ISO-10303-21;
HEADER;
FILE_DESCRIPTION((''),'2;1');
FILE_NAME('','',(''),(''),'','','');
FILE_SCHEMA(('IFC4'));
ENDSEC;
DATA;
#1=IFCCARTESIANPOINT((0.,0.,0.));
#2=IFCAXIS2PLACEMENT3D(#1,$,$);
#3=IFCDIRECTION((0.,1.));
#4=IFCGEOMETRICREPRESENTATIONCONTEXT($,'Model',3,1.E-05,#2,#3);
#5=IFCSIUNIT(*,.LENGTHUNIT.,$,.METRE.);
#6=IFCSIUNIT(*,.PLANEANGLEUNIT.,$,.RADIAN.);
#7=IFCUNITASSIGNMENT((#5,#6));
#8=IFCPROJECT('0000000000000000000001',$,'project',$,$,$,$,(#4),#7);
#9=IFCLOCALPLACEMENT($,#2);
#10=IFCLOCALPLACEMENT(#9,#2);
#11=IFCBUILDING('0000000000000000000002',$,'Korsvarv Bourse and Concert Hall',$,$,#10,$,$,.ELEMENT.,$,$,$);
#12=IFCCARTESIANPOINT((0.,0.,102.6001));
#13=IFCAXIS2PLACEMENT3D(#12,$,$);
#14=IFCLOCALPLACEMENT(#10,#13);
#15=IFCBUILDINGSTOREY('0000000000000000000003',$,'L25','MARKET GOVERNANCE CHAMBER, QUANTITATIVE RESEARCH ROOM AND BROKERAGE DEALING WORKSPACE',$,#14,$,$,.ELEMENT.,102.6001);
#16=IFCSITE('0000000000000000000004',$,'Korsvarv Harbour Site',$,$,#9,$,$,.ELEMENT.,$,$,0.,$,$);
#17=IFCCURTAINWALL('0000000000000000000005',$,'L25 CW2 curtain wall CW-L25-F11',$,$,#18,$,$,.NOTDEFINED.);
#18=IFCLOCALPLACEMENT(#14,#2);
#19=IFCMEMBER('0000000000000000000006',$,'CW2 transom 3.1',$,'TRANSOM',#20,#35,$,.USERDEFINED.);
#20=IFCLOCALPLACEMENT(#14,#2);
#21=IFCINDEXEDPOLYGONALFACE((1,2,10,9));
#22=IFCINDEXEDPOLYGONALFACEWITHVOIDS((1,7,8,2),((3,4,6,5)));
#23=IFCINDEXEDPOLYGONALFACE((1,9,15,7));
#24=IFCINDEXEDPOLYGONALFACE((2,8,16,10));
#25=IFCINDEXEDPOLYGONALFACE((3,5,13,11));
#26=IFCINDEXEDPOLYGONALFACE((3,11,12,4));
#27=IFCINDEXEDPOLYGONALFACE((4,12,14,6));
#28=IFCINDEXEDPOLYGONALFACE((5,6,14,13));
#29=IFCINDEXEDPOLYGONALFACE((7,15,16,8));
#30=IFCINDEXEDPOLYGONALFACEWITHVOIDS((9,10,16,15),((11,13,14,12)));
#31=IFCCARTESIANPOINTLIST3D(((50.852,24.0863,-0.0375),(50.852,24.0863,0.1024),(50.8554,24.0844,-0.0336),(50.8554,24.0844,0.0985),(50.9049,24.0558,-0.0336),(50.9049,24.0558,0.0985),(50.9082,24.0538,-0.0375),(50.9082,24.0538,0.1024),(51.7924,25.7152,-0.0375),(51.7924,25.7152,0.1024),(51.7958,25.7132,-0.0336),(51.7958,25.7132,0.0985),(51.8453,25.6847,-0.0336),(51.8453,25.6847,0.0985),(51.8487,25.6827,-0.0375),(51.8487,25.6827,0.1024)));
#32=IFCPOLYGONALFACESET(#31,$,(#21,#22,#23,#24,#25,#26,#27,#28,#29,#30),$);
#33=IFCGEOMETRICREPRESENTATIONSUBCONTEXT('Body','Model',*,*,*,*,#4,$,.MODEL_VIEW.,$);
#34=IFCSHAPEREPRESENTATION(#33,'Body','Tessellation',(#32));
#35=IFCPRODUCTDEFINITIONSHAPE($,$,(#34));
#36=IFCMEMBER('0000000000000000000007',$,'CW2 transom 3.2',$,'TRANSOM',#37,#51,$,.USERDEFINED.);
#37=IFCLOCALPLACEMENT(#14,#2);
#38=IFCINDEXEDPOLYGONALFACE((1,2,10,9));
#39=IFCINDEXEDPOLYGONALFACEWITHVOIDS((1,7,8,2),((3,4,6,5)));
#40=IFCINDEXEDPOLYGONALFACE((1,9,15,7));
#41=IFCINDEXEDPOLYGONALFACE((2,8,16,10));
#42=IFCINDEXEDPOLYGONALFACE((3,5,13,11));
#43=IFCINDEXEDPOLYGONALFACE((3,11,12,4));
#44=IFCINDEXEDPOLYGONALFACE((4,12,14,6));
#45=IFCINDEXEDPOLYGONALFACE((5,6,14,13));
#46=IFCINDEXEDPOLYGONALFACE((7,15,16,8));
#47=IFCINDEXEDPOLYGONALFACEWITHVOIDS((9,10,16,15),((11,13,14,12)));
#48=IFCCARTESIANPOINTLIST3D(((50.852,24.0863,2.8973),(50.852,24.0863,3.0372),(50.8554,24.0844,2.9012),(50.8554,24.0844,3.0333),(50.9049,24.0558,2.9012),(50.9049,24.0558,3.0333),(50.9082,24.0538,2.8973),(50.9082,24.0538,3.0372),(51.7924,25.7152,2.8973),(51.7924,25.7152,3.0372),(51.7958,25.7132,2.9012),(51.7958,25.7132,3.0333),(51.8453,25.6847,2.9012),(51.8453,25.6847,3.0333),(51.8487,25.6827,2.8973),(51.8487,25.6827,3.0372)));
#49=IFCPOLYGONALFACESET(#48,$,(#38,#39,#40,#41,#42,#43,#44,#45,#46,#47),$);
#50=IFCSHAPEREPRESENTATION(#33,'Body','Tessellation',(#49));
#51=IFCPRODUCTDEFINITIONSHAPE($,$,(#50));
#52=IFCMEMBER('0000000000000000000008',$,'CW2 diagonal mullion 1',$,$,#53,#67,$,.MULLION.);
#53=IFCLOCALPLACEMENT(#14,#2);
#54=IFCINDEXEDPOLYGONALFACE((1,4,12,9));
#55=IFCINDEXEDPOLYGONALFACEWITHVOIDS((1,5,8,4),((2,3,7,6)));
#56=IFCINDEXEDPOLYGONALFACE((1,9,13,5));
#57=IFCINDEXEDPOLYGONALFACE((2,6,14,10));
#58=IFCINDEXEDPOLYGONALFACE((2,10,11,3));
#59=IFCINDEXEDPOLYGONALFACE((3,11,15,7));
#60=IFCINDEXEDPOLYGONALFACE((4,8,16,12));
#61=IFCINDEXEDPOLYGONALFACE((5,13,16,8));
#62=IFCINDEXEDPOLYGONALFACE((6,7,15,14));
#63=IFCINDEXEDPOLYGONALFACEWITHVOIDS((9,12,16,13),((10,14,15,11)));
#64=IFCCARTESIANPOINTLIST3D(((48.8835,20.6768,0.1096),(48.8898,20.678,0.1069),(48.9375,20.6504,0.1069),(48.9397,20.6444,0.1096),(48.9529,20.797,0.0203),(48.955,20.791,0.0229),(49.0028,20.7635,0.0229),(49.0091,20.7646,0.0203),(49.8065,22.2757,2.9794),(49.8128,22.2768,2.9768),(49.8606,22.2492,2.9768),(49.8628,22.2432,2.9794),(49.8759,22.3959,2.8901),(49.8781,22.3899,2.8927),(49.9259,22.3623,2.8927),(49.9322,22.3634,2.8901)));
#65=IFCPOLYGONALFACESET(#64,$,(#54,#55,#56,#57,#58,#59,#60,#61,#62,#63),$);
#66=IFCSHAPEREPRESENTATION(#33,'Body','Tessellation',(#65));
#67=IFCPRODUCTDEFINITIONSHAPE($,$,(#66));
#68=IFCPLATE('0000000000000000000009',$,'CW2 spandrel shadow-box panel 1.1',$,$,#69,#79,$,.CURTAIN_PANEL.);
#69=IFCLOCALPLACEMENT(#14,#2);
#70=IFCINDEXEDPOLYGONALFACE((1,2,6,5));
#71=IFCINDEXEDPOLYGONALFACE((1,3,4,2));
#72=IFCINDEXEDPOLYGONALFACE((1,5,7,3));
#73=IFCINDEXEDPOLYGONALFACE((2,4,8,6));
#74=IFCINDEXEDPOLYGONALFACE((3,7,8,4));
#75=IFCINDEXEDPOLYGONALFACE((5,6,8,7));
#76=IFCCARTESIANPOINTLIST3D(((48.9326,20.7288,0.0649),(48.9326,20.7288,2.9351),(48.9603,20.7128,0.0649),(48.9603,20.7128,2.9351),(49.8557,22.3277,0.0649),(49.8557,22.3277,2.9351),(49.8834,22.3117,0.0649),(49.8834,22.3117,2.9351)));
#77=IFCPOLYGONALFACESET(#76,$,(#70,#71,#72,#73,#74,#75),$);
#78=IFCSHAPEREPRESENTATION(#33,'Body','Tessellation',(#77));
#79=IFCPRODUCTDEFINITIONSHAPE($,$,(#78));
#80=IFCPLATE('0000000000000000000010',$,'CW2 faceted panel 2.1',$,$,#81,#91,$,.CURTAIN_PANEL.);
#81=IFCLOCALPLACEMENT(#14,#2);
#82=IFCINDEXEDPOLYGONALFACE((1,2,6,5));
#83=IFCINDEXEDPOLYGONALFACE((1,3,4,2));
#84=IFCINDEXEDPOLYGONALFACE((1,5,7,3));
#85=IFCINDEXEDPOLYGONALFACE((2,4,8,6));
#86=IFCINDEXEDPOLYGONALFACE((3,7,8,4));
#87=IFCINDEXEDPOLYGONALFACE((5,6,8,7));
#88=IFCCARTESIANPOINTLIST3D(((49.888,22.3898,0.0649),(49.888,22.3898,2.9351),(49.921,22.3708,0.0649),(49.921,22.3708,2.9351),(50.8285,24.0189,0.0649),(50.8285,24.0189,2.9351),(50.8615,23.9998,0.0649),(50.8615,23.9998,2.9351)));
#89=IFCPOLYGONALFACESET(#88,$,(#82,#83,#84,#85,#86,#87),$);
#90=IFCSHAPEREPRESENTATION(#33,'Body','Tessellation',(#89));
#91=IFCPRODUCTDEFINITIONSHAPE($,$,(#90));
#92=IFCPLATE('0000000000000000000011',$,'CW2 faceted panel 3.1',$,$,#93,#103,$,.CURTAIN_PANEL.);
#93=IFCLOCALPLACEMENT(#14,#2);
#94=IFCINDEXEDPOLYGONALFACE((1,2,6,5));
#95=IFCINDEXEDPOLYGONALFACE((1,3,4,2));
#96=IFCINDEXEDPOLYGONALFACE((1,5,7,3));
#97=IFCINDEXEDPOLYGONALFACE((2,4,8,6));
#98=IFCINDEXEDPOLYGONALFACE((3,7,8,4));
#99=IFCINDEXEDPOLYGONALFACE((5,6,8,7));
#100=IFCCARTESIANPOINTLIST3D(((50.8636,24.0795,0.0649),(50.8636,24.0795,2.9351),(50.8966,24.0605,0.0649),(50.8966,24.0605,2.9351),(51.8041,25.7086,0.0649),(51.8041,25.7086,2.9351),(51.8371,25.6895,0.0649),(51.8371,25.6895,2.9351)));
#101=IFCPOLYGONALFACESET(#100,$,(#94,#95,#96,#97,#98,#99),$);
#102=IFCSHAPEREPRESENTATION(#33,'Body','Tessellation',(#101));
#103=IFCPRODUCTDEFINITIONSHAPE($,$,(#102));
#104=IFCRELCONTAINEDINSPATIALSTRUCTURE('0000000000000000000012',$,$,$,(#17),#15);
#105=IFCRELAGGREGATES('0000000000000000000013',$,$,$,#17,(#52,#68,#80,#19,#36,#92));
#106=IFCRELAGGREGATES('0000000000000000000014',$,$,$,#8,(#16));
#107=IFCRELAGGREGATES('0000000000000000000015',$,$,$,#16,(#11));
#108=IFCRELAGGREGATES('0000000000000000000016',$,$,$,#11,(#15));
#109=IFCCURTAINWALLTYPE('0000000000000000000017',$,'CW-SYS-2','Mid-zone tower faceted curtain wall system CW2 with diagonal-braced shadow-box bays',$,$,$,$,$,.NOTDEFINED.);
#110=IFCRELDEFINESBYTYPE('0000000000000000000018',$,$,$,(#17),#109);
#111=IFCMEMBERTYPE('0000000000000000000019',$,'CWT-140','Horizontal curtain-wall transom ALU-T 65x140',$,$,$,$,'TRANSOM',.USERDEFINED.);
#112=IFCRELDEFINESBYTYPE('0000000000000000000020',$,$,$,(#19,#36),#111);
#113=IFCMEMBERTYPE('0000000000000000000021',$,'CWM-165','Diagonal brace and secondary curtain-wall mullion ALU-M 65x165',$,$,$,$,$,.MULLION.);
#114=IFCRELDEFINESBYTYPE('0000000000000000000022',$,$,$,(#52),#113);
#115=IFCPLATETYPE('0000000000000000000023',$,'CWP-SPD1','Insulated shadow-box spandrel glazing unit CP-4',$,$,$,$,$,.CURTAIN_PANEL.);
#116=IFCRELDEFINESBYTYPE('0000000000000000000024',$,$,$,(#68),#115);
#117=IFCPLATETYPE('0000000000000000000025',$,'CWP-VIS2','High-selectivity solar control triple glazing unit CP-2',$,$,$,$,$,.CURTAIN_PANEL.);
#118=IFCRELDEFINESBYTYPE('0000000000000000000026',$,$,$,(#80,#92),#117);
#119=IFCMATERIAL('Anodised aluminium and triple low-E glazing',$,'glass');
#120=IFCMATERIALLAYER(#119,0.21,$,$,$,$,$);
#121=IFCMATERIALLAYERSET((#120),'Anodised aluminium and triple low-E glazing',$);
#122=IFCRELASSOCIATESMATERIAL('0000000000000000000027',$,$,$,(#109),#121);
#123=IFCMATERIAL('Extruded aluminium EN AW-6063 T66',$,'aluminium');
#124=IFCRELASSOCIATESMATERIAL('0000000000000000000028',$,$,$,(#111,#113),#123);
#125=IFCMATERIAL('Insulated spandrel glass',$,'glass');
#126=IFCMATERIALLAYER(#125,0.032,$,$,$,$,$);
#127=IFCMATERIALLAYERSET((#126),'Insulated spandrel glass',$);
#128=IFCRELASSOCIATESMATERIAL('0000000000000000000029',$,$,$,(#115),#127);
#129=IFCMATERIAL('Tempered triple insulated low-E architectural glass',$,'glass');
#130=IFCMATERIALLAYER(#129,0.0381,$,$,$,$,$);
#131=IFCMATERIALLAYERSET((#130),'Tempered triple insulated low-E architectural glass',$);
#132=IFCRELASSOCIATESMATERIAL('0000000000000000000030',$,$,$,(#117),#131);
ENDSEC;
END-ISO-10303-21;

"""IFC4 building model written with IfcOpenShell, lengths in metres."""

from ifc_helpers import new_model, si_unit, direction, frame, origin, origin_2d, place, context, subcontext, project, spatial, rectangle, hollow_rectangle, extrude, source, transform, mapped, material, layer, layer_set, material_profile, profile_set, type_object, element, aggregate, save


model = new_model("IFC4")

# Units and contexts
model_context = context("Model", 3, precision=1e-05, world=origin(), true_north=direction((0.0, 1.0)))
body_context = subcontext(model_context, "Body", "Model", "MODEL_VIEW")
ifc_project = project(units=[si_unit("LENGTHUNIT", "METRE"), si_unit("PLANEANGLEUNIT", "RADIAN")], contexts=[model_context])

# Site, building, storey
site_placement = place(None, origin())
site = spatial("IfcSite", under=ifc_project, at=site_placement, Name="Korsvarv Harbour Site", CompositionType="ELEMENT", RefElevation=0.0)
building_placement = place(site_placement, origin())
building = spatial("IfcBuilding", under=site, at=building_placement, Name="Korsvarv Bourse and Concert Hall", CompositionType="ELEMENT")
storey_placement = place(building_placement, frame((0.0, 0.0, 102.6001)))
storey = spatial("IfcBuildingStorey", under=building, at=storey_placement, Name="L25", Description="MARKET GOVERNANCE CHAMBER, QUANTITATIVE RESEARCH ROOM AND BROKERAGE DEALING WORKSPACE", CompositionType="ELEMENT", Elevation=102.6001)

# Curtain wall, members, plates
ifc_material_1 = material(Name="Anodised aluminium and triple low-E glazing", Category="glass")
ifc_layer_1 = layer(ifc_material_1, 0.21)
ifc_layer_set_1 = layer_set([ifc_layer_1], Name="Anodised aluminium and triple low-E glazing")
curtain_wall_type = type_object("IfcCurtainWallType", Name="CW-SYS-2", Description="Mid-zone tower faceted curtain wall system CW2 with diagonal-braced shadow-box bays", PredefinedType="NOTDEFINED", material=ifc_layer_set_1)
curtain_wall_placement = place(storey_placement, origin())
curtain_wall = element("IfcCurtainWall", 1, at=curtain_wall_placement, inside=storey, type_object=curtain_wall_type, Name="L25 CW2 curtain wall CW-L25-F11", PredefinedType="NOTDEFINED")
ifc_material_2 = material(Name="Extruded aluminium EN AW-6063 T66", Category="aluminium")
ifc_material_profile_1 = material_profile(ifc_material_2, hollow_rectangle(XDim=0.0649, YDim=0.1399, WallThickness=0.0039, at=origin_2d()), Name="ALU-T 65x140")
ifc_profile_set_1 = profile_set([ifc_material_profile_1], Name="Extruded aluminium EN AW-6063 T66")
member_type_1 = type_object("IfcMemberType", Name="CWT-140", Description="Horizontal curtain-wall transom ALU-T 65x140", ElementType="TRANSOM", PredefinedType="USERDEFINED", material=ifc_profile_set_1)
shared_shape_1 = source(origin(), body_context, "Body", "SweptSolid", [
    extrude(hollow_rectangle(XDim=0.0649, YDim=0.1399, WallThickness=0.0039, at=origin_2d()), origin(), (0.0, 0.0, 1.0), 1.8809),
])
member_1_placement = place(storey_placement, frame((50.8801, 24.0701, 0.0325), z_axis=(0.499992, 0.86603, 0.0), x_axis=(-0.86603, 0.499992, 0.0)))
member_1 = element("IfcMember", 2, at=member_1_placement, type_object=member_type_1, Name="CW2 transom 3.1", ObjectType="TRANSOM", PredefinedType="USERDEFINED", context=body_context, shape_type="MappedRepresentation", body=[
    mapped(shared_shape_1, transform((0.0, 0.0, 0.0), scale=1.0)),
])
member_2_placement = place(storey_placement, frame((50.8801, 24.0701, 2.9673), z_axis=(0.499992, 0.86603, 0.0), x_axis=(-0.86603, 0.499992, 0.0)))
member_2 = element("IfcMember", 3, at=member_2_placement, type_object=member_type_1, Name="CW2 transom 3.2", ObjectType="TRANSOM", PredefinedType="USERDEFINED", context=body_context, shape_type="MappedRepresentation", body=[
    mapped(shared_shape_1, transform((0.0, 0.0, 0.0), scale=1.0)),
])
ifc_material_profile_2 = material_profile(ifc_material_2, hollow_rectangle(XDim=0.0649, YDim=0.165, WallThickness=0.0049, at=origin_2d()), Name="ALU-M 65x165")
ifc_profile_set_2 = profile_set([ifc_material_profile_2], Name="Extruded aluminium EN AW-6063 T66")
member_type_2 = type_object("IfcMemberType", Name="CWM-165", Description="Diagonal brace and secondary curtain-wall mullion ALU-M 65x165", PredefinedType="MULLION", material=ifc_profile_set_2)
shared_shape_2 = source(origin(), body_context, "Body", "SweptSolid", [
    extrude(hollow_rectangle(XDim=0.0649, YDim=0.165, WallThickness=0.0049, at=origin_2d()), origin(), (0.0, 0.0, 1.0), 3.4124),
])
member_3_placement = place(storey_placement, frame((48.9463, 20.7207, 0.0649), z_axis=(0.27051, 0.468545, 0.841005), x_axis=(-0.866029, 0.499993, 0.0)))
member_3 = element("IfcMember", 4, at=member_3_placement, type_object=member_type_2, Name="CW2 diagonal mullion 1", PredefinedType="MULLION", context=body_context, shape_type="MappedRepresentation", body=[
    mapped(shared_shape_2, transform((0.0, 0.0, 0.0), scale=1.0)),
])
ifc_material_3 = material(Name="Insulated spandrel glass", Category="glass")
ifc_layer_2 = layer(ifc_material_3, 0.032)
ifc_layer_set_2 = layer_set([ifc_layer_2], Name="Insulated spandrel glass")
plate_type_1 = type_object("IfcPlateType", Name="CWP-SPD1", Description="Insulated shadow-box spandrel glazing unit CP-4", PredefinedType="CURTAIN_PANEL", material=ifc_layer_set_2)
shared_shape_3 = source(origin(), body_context, "Body", "SweptSolid", [
    extrude(rectangle(XDim=1.8462, YDim=0.032, at=origin_2d()), origin(), (0.0, 0.0, 1.0), 2.8701),
])
plate_1_placement = place(storey_placement, frame((49.408, 21.5203, 0.0649), z_axis=(0.0, 0.0, 1.0), x_axis=(0.500002, 0.866024, 0.0)))
plate_1 = element("IfcPlate", 5, at=plate_1_placement, type_object=plate_type_1, Name="CW2 spandrel shadow-box panel 1.1", PredefinedType="CURTAIN_PANEL", context=body_context, shape_type="MappedRepresentation", body=[
    mapped(shared_shape_3, transform((0.0, 0.0, 0.0), scale=1.0)),
])
ifc_material_4 = material(Name="Tempered triple insulated low-E architectural glass", Category="glass")
ifc_layer_3 = layer(ifc_material_4, 0.0381)
ifc_layer_set_3 = layer_set([ifc_layer_3], Name="Tempered triple insulated low-E architectural glass")
plate_type_2 = type_object("IfcPlateType", Name="CWP-VIS2", Description="High-selectivity solar control triple glazing unit CP-2", PredefinedType="CURTAIN_PANEL", material=ifc_layer_set_3)
shared_shape_4 = source(origin(), body_context, "Body", "SweptSolid", [
    extrude(rectangle(XDim=1.8811, YDim=0.0381, at=origin_2d()), origin(), (0.0, 0.0, 1.0), 2.8701),
])
plate_2_placement = place(storey_placement, frame((50.3748, 23.1948, 0.0649), z_axis=(0.0, 0.0, 1.0), x_axis=(0.500002, 0.866024, 0.0)))
plate_2 = element("IfcPlate", 6, at=plate_2_placement, type_object=plate_type_2, Name="CW2 faceted panel 2.1", PredefinedType="CURTAIN_PANEL", context=body_context, shape_type="MappedRepresentation", body=[
    mapped(shared_shape_4, transform((0.0, 0.0, 0.0), scale=1.0)),
])
plate_3_placement = place(storey_placement, frame((51.3503, 24.8845, 0.0649), z_axis=(0.0, 0.0, 1.0), x_axis=(0.500002, 0.866024, 0.0)))
plate_3 = element("IfcPlate", 7, at=plate_3_placement, type_object=plate_type_2, Name="CW2 faceted panel 3.1", PredefinedType="CURTAIN_PANEL", context=body_context, shape_type="MappedRepresentation", body=[
    mapped(shared_shape_4, transform((0.0, 0.0, 0.0), scale=1.0)),
])
aggregate(curtain_wall, [member_3, plate_1, plate_2, member_1, member_2, plate_3])

save(model, "model.ifc")
